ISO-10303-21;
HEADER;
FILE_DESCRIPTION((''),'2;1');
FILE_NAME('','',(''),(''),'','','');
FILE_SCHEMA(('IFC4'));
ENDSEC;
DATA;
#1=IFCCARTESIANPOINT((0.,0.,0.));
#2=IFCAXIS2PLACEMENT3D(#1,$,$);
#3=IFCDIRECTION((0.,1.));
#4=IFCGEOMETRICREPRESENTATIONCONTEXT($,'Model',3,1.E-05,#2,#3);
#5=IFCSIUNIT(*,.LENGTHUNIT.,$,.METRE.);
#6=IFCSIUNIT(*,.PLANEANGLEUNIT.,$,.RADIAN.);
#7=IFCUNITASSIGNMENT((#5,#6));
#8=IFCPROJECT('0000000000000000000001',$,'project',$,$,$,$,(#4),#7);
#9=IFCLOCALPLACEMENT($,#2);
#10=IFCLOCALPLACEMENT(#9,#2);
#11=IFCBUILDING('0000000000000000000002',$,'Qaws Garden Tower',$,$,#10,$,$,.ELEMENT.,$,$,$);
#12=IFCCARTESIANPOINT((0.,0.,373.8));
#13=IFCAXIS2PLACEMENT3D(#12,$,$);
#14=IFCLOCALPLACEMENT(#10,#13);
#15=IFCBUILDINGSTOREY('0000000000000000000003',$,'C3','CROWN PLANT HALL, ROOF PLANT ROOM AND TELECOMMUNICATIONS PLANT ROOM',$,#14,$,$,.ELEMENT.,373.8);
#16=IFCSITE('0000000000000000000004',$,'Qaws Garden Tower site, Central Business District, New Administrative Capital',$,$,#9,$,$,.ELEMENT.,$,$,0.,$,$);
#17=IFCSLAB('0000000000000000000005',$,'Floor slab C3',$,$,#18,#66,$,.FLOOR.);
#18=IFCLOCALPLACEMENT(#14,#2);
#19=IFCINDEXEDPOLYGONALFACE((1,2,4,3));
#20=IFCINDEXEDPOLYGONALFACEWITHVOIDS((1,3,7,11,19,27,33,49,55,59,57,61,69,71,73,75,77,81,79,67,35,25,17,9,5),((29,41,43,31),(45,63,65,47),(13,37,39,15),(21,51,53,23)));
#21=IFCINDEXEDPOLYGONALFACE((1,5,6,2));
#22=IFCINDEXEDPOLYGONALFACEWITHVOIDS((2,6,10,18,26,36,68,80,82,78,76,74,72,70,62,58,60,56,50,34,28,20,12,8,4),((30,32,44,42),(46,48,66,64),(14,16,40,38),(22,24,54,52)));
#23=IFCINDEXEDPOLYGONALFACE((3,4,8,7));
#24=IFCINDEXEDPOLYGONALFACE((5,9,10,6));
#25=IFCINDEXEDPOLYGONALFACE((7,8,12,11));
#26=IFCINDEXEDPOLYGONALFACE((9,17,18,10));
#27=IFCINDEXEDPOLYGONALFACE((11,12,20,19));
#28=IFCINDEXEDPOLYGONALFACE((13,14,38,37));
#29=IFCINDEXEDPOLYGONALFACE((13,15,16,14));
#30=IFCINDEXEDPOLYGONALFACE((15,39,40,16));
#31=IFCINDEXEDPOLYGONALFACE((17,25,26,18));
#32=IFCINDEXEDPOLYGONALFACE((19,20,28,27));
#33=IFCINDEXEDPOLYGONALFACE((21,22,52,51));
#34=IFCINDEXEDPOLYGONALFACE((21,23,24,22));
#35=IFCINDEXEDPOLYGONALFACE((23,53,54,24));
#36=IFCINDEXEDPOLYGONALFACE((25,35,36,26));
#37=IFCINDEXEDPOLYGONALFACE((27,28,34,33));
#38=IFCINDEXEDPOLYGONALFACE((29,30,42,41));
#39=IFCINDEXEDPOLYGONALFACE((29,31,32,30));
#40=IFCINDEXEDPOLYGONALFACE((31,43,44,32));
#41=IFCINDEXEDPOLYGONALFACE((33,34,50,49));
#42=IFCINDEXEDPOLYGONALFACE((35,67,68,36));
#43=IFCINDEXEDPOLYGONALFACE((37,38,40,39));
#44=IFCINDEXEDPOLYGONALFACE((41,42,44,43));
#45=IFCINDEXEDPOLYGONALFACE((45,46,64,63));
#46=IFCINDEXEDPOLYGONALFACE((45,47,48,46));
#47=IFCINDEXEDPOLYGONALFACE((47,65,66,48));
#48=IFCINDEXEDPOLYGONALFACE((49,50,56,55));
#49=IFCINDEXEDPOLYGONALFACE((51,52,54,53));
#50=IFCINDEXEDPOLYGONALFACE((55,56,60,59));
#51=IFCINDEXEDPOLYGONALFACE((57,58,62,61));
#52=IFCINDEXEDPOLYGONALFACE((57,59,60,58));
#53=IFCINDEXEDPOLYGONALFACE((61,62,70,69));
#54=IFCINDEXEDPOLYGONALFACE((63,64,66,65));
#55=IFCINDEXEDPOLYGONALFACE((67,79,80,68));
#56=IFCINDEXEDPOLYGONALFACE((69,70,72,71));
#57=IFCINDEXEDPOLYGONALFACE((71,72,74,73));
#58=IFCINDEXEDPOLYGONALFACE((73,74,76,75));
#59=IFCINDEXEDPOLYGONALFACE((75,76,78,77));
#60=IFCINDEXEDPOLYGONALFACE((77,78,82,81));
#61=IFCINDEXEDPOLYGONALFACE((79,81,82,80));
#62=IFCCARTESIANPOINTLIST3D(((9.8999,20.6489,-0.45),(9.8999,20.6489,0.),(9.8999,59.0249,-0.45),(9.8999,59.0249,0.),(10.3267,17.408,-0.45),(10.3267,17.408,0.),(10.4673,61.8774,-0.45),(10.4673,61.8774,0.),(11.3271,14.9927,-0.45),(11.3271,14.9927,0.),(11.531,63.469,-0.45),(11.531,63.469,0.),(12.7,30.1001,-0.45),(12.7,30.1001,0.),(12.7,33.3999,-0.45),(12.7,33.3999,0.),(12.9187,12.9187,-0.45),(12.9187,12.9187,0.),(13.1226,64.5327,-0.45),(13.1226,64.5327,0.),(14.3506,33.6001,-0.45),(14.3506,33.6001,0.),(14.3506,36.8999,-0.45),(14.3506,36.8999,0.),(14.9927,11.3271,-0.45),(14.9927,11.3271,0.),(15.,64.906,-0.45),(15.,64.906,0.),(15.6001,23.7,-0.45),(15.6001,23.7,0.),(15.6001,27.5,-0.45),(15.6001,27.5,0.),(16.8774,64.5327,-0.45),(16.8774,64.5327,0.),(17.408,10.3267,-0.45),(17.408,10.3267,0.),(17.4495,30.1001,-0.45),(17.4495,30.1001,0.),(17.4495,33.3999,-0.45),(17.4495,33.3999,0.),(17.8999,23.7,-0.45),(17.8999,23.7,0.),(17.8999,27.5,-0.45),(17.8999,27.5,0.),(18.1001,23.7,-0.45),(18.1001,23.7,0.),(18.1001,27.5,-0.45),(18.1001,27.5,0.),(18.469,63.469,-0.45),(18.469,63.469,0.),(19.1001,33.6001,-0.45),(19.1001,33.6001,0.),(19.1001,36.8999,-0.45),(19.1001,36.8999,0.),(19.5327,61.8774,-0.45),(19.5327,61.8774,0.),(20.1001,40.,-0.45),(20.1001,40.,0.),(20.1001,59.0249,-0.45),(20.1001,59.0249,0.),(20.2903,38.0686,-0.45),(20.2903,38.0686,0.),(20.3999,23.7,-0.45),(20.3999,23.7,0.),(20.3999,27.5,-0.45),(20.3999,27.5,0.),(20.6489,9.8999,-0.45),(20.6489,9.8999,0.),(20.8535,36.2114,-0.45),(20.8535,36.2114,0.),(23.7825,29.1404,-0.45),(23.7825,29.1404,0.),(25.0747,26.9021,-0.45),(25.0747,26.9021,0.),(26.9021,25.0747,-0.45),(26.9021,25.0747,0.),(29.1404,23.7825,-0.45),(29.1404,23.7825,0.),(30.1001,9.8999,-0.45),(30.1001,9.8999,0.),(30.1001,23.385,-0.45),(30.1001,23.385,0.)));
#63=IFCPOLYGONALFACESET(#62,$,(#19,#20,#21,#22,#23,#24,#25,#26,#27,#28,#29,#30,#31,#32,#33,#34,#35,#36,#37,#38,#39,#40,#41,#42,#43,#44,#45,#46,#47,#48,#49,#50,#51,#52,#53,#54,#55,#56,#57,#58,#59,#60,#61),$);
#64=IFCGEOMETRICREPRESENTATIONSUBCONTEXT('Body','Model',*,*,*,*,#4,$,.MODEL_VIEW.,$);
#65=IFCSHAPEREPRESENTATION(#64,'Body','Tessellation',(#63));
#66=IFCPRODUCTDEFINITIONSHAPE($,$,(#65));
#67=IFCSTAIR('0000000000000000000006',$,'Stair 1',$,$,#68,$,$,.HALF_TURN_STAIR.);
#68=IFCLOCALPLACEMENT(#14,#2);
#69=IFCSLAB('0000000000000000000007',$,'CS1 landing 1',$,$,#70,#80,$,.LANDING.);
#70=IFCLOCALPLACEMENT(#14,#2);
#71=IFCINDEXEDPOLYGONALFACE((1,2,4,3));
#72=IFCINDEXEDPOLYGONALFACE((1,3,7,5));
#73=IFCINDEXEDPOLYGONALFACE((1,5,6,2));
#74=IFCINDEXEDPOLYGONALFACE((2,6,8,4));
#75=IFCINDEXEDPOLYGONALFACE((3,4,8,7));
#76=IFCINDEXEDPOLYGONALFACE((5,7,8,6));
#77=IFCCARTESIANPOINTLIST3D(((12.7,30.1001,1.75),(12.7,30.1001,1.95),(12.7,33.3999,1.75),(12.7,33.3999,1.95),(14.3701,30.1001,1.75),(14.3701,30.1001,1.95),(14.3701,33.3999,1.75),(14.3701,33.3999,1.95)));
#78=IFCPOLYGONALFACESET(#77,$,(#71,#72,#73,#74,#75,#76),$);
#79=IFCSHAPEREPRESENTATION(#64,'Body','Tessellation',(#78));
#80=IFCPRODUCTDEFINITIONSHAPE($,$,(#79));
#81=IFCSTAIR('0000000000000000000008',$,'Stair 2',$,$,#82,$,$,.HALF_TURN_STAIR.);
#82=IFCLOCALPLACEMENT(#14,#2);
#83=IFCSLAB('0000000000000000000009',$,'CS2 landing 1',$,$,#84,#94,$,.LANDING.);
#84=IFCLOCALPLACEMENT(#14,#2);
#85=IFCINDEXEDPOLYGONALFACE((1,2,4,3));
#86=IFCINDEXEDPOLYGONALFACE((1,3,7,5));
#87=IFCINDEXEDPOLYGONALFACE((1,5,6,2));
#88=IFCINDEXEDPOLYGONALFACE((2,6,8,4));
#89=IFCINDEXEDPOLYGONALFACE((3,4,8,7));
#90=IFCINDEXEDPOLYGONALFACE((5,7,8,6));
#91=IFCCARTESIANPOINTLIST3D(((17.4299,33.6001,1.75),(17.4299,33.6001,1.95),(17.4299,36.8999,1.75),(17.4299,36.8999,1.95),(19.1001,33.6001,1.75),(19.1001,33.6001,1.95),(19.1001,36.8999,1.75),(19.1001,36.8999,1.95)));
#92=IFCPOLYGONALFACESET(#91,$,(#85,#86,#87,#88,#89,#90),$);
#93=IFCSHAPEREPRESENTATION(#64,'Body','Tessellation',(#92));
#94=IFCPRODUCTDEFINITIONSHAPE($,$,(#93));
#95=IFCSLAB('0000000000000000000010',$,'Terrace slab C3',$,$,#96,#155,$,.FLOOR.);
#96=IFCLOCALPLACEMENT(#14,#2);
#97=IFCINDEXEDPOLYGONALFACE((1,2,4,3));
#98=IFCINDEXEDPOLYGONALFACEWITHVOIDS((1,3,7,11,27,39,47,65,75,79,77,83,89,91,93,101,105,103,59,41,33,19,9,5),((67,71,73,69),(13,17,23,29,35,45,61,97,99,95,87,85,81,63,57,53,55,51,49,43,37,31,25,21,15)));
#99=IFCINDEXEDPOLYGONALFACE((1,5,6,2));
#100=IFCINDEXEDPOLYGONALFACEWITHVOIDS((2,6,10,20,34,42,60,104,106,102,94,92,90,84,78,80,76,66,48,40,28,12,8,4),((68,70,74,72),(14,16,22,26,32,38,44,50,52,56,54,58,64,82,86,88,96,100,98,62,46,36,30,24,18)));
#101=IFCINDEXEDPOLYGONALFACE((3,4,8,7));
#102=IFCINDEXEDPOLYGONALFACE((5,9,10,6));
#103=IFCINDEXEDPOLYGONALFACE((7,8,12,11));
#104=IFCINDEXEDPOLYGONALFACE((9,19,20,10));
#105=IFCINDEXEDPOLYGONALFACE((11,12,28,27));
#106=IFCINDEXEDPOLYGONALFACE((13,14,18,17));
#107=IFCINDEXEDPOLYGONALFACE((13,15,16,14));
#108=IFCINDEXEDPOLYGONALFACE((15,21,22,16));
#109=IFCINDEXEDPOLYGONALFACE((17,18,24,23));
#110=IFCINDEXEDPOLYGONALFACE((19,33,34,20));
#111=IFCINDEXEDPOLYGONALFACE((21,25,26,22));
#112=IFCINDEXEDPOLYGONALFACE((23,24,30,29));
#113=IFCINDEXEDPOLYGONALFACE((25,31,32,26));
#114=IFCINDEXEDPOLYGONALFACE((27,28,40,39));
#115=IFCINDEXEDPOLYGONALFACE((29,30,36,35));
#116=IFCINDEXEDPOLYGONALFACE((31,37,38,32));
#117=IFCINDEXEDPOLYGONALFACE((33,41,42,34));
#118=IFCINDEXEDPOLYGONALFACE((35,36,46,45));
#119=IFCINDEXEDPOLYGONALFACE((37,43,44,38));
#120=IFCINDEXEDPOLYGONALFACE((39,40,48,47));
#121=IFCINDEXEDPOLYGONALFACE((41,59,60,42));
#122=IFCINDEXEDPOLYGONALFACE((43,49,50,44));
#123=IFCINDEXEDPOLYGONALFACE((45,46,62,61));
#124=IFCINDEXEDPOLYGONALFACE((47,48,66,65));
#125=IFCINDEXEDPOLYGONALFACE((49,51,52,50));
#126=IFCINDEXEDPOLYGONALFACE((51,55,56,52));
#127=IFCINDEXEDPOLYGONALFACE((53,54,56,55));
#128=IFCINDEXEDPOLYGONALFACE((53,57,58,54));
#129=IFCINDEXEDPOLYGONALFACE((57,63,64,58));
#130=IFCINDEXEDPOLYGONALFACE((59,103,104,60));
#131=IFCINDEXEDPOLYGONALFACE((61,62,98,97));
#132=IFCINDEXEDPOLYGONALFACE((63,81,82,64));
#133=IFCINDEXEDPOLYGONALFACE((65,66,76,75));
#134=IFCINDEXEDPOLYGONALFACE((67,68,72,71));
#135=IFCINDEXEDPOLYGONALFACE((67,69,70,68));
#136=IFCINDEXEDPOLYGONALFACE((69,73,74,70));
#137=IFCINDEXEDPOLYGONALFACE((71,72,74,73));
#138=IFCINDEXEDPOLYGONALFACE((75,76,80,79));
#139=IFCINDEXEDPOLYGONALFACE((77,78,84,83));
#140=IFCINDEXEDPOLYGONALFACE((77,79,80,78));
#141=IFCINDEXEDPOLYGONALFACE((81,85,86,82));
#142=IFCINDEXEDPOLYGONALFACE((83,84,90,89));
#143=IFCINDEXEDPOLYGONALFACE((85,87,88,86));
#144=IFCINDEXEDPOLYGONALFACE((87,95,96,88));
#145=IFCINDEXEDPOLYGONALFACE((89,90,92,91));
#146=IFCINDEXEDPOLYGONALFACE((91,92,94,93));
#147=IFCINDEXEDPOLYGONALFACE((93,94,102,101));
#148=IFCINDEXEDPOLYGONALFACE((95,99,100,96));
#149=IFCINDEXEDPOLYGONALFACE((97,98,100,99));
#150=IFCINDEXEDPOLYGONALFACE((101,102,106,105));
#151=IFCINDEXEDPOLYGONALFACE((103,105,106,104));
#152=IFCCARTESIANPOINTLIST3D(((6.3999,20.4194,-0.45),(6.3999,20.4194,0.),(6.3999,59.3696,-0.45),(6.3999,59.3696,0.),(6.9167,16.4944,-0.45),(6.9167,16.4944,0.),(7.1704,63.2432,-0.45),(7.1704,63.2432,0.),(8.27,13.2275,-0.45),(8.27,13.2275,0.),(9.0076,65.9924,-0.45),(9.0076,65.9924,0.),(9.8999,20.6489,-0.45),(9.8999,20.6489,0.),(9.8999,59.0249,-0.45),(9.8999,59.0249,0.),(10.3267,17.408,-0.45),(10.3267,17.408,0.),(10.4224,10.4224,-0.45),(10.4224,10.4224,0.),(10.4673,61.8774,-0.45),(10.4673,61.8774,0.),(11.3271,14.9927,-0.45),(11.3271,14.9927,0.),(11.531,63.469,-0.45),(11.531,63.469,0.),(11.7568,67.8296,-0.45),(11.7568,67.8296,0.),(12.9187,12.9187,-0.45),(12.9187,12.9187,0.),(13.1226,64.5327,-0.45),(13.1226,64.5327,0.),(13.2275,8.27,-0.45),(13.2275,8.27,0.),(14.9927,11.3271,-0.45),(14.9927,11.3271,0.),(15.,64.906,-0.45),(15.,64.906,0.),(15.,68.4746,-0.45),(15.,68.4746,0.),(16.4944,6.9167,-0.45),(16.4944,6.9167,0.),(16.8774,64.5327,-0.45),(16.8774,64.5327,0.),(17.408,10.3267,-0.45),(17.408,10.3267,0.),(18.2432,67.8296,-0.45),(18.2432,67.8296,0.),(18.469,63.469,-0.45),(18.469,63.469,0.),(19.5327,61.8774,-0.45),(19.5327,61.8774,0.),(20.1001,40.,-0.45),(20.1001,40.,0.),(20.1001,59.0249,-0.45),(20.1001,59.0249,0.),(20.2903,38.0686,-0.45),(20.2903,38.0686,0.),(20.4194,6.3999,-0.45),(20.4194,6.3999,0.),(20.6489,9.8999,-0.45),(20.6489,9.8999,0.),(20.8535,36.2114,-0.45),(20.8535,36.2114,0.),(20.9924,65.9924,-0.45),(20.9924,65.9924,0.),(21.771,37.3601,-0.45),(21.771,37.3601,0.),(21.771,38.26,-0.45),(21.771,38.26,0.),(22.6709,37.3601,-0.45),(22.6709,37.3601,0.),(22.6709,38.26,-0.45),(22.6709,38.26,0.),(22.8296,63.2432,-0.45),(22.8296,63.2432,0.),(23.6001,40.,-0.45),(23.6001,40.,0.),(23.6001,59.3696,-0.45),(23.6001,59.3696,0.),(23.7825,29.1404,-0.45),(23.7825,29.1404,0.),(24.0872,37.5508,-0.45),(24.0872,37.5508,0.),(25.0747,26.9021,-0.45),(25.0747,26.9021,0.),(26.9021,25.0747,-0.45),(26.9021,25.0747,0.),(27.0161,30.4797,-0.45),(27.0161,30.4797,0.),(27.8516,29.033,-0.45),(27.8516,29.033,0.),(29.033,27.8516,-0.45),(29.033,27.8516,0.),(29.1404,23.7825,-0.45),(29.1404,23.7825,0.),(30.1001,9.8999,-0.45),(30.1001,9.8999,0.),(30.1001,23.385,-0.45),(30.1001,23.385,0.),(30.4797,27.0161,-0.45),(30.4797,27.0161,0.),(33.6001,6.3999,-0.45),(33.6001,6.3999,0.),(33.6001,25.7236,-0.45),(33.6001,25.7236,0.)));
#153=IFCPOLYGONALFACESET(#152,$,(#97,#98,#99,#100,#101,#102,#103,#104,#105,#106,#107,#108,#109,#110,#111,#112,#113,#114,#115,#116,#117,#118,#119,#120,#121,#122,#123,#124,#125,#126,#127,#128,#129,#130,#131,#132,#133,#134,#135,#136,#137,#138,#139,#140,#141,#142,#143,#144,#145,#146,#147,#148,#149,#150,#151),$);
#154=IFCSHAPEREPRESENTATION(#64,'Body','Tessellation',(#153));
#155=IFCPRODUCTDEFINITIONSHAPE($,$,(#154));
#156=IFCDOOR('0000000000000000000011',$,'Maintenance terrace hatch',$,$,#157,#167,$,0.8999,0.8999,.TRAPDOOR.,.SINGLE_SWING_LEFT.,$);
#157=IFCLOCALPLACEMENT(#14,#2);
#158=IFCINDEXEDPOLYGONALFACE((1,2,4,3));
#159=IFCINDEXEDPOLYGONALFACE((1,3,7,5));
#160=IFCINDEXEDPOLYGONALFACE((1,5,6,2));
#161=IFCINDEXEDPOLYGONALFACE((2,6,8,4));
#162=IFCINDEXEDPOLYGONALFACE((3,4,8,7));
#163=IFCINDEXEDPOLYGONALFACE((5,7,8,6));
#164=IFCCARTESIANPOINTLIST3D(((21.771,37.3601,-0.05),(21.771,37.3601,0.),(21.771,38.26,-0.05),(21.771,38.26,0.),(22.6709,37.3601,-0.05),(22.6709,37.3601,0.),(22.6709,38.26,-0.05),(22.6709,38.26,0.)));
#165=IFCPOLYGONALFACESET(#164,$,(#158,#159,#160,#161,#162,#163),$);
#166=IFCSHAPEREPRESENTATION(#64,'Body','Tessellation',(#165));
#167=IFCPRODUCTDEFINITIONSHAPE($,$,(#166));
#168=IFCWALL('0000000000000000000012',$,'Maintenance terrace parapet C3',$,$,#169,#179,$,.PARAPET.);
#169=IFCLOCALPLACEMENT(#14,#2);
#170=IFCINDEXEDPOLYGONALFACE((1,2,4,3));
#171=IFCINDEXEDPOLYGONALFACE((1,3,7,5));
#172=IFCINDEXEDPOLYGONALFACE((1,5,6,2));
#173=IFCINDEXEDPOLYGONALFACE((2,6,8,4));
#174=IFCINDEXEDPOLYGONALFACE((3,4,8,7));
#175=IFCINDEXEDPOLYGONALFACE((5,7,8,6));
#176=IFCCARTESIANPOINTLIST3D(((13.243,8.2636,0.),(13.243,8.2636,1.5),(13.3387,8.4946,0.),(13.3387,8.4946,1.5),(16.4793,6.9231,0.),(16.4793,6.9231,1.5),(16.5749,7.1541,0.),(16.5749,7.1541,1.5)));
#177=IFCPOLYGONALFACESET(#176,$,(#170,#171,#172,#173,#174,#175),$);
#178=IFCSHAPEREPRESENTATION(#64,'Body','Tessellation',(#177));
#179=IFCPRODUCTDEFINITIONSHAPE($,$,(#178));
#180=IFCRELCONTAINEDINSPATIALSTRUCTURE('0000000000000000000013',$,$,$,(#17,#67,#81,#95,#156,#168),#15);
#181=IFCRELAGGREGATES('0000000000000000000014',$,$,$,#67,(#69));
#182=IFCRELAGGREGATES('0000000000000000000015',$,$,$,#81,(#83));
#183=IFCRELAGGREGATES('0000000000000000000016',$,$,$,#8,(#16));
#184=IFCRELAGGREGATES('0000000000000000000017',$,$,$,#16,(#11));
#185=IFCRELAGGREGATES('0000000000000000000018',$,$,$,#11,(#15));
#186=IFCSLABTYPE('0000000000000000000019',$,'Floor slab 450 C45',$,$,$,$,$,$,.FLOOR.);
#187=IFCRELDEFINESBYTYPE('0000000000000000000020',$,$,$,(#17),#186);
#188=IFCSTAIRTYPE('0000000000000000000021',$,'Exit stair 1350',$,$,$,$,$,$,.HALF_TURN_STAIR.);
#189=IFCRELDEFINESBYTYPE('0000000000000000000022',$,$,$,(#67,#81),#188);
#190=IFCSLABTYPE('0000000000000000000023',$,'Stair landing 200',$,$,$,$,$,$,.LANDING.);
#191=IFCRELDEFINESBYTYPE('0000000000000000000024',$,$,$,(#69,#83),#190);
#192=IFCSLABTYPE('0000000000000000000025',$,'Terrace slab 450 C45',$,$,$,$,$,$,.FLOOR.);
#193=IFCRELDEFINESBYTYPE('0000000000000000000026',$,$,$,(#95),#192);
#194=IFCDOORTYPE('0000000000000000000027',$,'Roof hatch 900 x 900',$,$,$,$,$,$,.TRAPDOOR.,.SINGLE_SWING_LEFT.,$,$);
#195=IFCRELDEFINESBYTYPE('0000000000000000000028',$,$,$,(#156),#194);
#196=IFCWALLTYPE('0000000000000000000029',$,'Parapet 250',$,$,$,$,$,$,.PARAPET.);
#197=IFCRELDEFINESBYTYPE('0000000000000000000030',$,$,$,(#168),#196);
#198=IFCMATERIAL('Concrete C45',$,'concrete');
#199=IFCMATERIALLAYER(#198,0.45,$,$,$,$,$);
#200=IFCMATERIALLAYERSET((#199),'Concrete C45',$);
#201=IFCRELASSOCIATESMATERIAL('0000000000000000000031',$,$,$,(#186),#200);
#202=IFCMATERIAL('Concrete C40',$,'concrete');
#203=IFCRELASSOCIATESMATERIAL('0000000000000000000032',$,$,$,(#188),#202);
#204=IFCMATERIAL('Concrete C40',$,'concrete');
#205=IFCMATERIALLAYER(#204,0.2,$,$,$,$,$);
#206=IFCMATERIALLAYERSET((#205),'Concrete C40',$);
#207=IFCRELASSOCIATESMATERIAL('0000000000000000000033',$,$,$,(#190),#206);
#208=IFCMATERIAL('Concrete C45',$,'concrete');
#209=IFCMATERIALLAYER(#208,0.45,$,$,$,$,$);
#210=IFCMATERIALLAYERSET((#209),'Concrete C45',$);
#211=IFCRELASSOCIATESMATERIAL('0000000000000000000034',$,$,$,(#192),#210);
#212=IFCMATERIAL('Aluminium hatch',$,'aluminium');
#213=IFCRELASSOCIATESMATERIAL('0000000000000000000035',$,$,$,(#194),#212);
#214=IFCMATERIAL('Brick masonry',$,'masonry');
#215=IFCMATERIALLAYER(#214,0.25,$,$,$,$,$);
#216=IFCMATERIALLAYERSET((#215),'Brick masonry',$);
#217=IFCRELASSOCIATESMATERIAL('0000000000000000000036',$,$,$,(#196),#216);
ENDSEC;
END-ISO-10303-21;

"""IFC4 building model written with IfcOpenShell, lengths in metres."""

from ifc_helpers import new_model, si_unit, direction, frame, frame_2d, origin, origin_2d, place, context, subcontext, project, spatial, polyline, rectangle, outline, extrude, material, layer, layer_set, type_object, element, fill, aggregate, save


model = new_model("IFC4")

# Units and contexts
model_context = context("Model", 3, precision=1e-05, world=origin(), true_north=direction((0.0, 1.0)))
body_context = subcontext(model_context, "Body", "Model", "MODEL_VIEW")
ifc_project = project(units=[si_unit("LENGTHUNIT", "METRE"), si_unit("PLANEANGLEUNIT", "RADIAN")], contexts=[model_context])

# Site, building, storey
site_placement = place(None, origin())
site = spatial("IfcSite", under=ifc_project, at=site_placement, Name="Qaws Garden Tower site, Central Business District, New Administrative Capital", CompositionType="ELEMENT", RefElevation=0.0)
building_placement = place(site_placement, origin())
building = spatial("IfcBuilding", under=site, at=building_placement, Name="Qaws Garden Tower", CompositionType="ELEMENT")
storey_placement = place(building_placement, frame((0.0, 0.0, 373.8)))
storey = spatial("IfcBuildingStorey", under=building, at=storey_placement, Name="C3", Description="CROWN PLANT HALL, ROOF PLANT ROOM AND TELECOMMUNICATIONS PLANT ROOM", CompositionType="ELEMENT", Elevation=373.8)

# Slab
ifc_material_1 = material(Name="Concrete C45", Category="concrete")
ifc_layer_1 = layer(ifc_material_1, 0.45)
ifc_layer_set_1 = layer_set([ifc_layer_1], Name="Concrete C45")
slab_type_1 = type_object("IfcSlabType", Name="Floor slab 450 C45", PredefinedType="FLOOR", material=ifc_layer_set_1)
placement_1 = place(storey_placement, frame((0.0, 0.0, -0.45)))
element("IfcSlab", 1, at=placement_1, inside=storey, type_object=slab_type_1, Name="Floor slab C3", PredefinedType="FLOOR", context=body_context, shape_type="SweptSolid", body=[
    extrude(outline(polyline([(17.408, 10.3267), (14.9927, 11.3271), (12.9187, 12.9187), (11.3271, 14.9927), (10.3267, 17.408), (9.8999, 20.6489), (9.8999, 59.0249), (10.4673, 61.8774), (11.531, 63.469), (13.1226, 64.5327), (15.0, 64.906), (16.8774, 64.5327), (18.469, 63.469), (19.5327, 61.8774), (20.1001, 59.0249), (20.1001, 40.0), (20.2903, 38.0686), (20.8535, 36.2114), (23.7825, 29.1404), (25.0747, 26.9021), (26.9021, 25.0747), (29.1404, 23.7825), (30.1001, 23.385), (30.1001, 9.8999), (20.6489, 9.8999), (17.408, 10.3267)]), holes=[polyline([(15.6001, 23.7), (17.8999, 23.7), (17.8999, 27.5), (15.6001, 27.5), (15.6001, 23.7)]), polyline([(18.1001, 23.7), (20.3999, 23.7), (20.3999, 27.5), (18.1001, 27.5), (18.1001, 23.7)]), polyline([(12.7, 30.1001), (17.4495, 30.1001), (17.4495, 33.3999), (12.7, 33.3999), (12.7, 30.1001)]), polyline([(14.3506, 33.6001), (19.1001, 33.6001), (19.1001, 36.8999), (14.3506, 36.8999), (14.3506, 33.6001)])]), origin(), (0.0, 0.0, 1.0), 0.45),
])

# Stairs, slabs
ifc_material_2 = material(Name="Concrete C40", Category="concrete")
stair_type = type_object("IfcStairType", Name="Exit stair 1350", PredefinedType="HALF_TURN_STAIR", material=ifc_material_2)
placement_2 = place(storey_placement, origin())
stair_1 = element("IfcStair", 2, at=placement_2, inside=storey, type_object=stair_type, Name="Stair 1", PredefinedType="HALF_TURN_STAIR")
ifc_material_3 = material(Name="Concrete C40", Category="concrete")
ifc_layer_2 = layer(ifc_material_3, 0.2)
ifc_layer_set_2 = layer_set([ifc_layer_2], Name="Concrete C40")
slab_type_2 = type_object("IfcSlabType", Name="Stair landing 200", PredefinedType="LANDING", material=ifc_layer_set_2)
placement_3 = place(storey_placement, frame((0.0, 0.0, 1.75)))
slab_1 = element("IfcSlab", 3, at=placement_3, type_object=slab_type_2, Name="CS1 landing 1", PredefinedType="LANDING", context=body_context, shape_type="SweptSolid", body=[
    extrude(outline(polyline([(12.7, 30.1001), (14.3701, 30.1001), (14.3701, 33.3999), (12.7, 33.3999), (12.7, 30.1001)])), origin(), (0.0, 0.0, 1.0), 0.2),
])
aggregate(stair_1, [slab_1])
stair_2 = element("IfcStair", 4, at=placement_2, inside=storey, type_object=stair_type, Name="Stair 2", PredefinedType="HALF_TURN_STAIR")
slab_2 = element("IfcSlab", 5, at=placement_3, type_object=slab_type_2, Name="CS2 landing 1", PredefinedType="LANDING", context=body_context, shape_type="SweptSolid", body=[
    extrude(outline(polyline([(17.4299, 33.6001), (19.1001, 33.6001), (19.1001, 36.8999), (17.4299, 36.8999), (17.4299, 33.6001)])), origin(), (0.0, 0.0, 1.0), 0.2),
])
aggregate(stair_2, [slab_2])

# Slab, opening, door
ifc_material_4 = material(Name="Concrete C45", Category="concrete")
ifc_layer_3 = layer(ifc_material_4, 0.45)
ifc_layer_set_3 = layer_set([ifc_layer_3], Name="Concrete C45")
slab_type_3 = type_object("IfcSlabType", Name="Terrace slab 450 C45", PredefinedType="FLOOR", material=ifc_layer_set_3)
slab_3 = element("IfcSlab", 6, at=placement_1, inside=storey, type_object=slab_type_3, Name="Terrace slab C3", PredefinedType="FLOOR", context=body_context, shape_type="SweptSolid", body=[
    extrude(outline(polyline([(16.4944, 6.9167), (13.2275, 8.27), (10.4224, 10.4224), (8.27, 13.2275), (6.9167, 16.4944), (6.3999, 20.4194), (6.3999, 59.3696), (7.1704, 63.2432), (9.0076, 65.9924), (11.7568, 67.8296), (15.0, 68.4746), (18.2432, 67.8296), (20.9924, 65.9924), (22.8296, 63.2432), (23.6001, 59.3696), (23.6001, 40.0), (24.0872, 37.5508), (27.0161, 30.4797), (27.8516, 29.033), (29.033, 27.8516), (30.4797, 27.0161), (33.6001, 25.7236), (33.6001, 6.3999), (20.4194, 6.3999), (16.4944, 6.9167)]), holes=[polyline([(30.1001, 9.8999), (30.1001, 23.385), (29.1404, 23.7825), (26.9021, 25.0747), (25.0747, 26.9021), (23.7825, 29.1404), (20.8535, 36.2114), (20.2903, 38.0686), (20.1001, 40.0), (20.1001, 59.0249), (19.5327, 61.8774), (18.469, 63.469), (16.8774, 64.5327), (15.0, 64.906), (13.1226, 64.5327), (11.531, 63.469), (10.4673, 61.8774), (9.8999, 59.0249), (9.8999, 20.6489), (10.3267, 17.408), (11.3271, 14.9927), (12.9187, 12.9187), (14.9927, 11.3271), (17.408, 10.3267), (20.6489, 9.8999), (30.1001, 9.8999)])]), origin(), (0.0, 0.0, 1.0), 0.45),
])
opening_placement = place(placement_1, frame((22.2209, 37.8101, 0.0)))
opening = element("IfcOpeningElement", 7, at=opening_placement, cuts=slab_3, PredefinedType="OPENING", context=body_context, shape_type="SweptSolid", body=[
    extrude(rectangle(XDim=0.8999, YDim=0.8999, at=origin_2d()), origin(), (0.0, 0.0, 1.0), 0.45),
])
ifc_material_5 = material(Name="Aluminium hatch", Category="aluminium")
door_type = type_object("IfcDoorType", Name="Roof hatch 900 x 900", OperationType="SINGLE_SWING_LEFT", PredefinedType="TRAPDOOR", material=ifc_material_5)
door_placement = place(opening_placement, frame((0.0, 0.0, 0.3999)))
door = element("IfcDoor", 8, at=door_placement, inside=storey, type_object=door_type, Name="Maintenance terrace hatch", OperationType="SINGLE_SWING_LEFT", OverallHeight=0.8999, OverallWidth=0.8999, PredefinedType="TRAPDOOR", context=body_context, shape_type="SweptSolid", body=[
    extrude(rectangle(XDim=0.8999, YDim=0.8999, at=origin_2d()), origin(), (0.0, 0.0, 1.0), 0.05),
])
fill(opening, door)

# Wall
ifc_material_6 = material(Name="Brick masonry", Category="masonry")
ifc_layer_4 = layer(ifc_material_6, 0.25)
ifc_layer_set_4 = layer_set([ifc_layer_4], Name="Brick masonry")
wall_type_1 = type_object("IfcWallType", Name="Parapet 250", PredefinedType="PARAPET", material=ifc_layer_set_4)
for number, where, z_axis, x_axis, name in (
    (9, (16.5271, 7.0386, 0.0), (0.0, 0.0, 1.0), (-0.923875, 0.382694, 0.0), "Maintenance terrace parapet C3"),
):
    element("IfcWall", number, at=place(storey_placement, frame(where, z_axis=z_axis, x_axis=x_axis)), inside=storey, type_object=wall_type_1, Name=name, PredefinedType="PARAPET", context=body_context, shape_type="SweptSolid", body=[
        extrude(rectangle(XDim=3.5029, YDim=0.25, at=frame_2d((1.7515, 0.0))), origin(), (0.0, 0.0, 1.0), 1.5),
    ])

save(model, "model.ifc")
